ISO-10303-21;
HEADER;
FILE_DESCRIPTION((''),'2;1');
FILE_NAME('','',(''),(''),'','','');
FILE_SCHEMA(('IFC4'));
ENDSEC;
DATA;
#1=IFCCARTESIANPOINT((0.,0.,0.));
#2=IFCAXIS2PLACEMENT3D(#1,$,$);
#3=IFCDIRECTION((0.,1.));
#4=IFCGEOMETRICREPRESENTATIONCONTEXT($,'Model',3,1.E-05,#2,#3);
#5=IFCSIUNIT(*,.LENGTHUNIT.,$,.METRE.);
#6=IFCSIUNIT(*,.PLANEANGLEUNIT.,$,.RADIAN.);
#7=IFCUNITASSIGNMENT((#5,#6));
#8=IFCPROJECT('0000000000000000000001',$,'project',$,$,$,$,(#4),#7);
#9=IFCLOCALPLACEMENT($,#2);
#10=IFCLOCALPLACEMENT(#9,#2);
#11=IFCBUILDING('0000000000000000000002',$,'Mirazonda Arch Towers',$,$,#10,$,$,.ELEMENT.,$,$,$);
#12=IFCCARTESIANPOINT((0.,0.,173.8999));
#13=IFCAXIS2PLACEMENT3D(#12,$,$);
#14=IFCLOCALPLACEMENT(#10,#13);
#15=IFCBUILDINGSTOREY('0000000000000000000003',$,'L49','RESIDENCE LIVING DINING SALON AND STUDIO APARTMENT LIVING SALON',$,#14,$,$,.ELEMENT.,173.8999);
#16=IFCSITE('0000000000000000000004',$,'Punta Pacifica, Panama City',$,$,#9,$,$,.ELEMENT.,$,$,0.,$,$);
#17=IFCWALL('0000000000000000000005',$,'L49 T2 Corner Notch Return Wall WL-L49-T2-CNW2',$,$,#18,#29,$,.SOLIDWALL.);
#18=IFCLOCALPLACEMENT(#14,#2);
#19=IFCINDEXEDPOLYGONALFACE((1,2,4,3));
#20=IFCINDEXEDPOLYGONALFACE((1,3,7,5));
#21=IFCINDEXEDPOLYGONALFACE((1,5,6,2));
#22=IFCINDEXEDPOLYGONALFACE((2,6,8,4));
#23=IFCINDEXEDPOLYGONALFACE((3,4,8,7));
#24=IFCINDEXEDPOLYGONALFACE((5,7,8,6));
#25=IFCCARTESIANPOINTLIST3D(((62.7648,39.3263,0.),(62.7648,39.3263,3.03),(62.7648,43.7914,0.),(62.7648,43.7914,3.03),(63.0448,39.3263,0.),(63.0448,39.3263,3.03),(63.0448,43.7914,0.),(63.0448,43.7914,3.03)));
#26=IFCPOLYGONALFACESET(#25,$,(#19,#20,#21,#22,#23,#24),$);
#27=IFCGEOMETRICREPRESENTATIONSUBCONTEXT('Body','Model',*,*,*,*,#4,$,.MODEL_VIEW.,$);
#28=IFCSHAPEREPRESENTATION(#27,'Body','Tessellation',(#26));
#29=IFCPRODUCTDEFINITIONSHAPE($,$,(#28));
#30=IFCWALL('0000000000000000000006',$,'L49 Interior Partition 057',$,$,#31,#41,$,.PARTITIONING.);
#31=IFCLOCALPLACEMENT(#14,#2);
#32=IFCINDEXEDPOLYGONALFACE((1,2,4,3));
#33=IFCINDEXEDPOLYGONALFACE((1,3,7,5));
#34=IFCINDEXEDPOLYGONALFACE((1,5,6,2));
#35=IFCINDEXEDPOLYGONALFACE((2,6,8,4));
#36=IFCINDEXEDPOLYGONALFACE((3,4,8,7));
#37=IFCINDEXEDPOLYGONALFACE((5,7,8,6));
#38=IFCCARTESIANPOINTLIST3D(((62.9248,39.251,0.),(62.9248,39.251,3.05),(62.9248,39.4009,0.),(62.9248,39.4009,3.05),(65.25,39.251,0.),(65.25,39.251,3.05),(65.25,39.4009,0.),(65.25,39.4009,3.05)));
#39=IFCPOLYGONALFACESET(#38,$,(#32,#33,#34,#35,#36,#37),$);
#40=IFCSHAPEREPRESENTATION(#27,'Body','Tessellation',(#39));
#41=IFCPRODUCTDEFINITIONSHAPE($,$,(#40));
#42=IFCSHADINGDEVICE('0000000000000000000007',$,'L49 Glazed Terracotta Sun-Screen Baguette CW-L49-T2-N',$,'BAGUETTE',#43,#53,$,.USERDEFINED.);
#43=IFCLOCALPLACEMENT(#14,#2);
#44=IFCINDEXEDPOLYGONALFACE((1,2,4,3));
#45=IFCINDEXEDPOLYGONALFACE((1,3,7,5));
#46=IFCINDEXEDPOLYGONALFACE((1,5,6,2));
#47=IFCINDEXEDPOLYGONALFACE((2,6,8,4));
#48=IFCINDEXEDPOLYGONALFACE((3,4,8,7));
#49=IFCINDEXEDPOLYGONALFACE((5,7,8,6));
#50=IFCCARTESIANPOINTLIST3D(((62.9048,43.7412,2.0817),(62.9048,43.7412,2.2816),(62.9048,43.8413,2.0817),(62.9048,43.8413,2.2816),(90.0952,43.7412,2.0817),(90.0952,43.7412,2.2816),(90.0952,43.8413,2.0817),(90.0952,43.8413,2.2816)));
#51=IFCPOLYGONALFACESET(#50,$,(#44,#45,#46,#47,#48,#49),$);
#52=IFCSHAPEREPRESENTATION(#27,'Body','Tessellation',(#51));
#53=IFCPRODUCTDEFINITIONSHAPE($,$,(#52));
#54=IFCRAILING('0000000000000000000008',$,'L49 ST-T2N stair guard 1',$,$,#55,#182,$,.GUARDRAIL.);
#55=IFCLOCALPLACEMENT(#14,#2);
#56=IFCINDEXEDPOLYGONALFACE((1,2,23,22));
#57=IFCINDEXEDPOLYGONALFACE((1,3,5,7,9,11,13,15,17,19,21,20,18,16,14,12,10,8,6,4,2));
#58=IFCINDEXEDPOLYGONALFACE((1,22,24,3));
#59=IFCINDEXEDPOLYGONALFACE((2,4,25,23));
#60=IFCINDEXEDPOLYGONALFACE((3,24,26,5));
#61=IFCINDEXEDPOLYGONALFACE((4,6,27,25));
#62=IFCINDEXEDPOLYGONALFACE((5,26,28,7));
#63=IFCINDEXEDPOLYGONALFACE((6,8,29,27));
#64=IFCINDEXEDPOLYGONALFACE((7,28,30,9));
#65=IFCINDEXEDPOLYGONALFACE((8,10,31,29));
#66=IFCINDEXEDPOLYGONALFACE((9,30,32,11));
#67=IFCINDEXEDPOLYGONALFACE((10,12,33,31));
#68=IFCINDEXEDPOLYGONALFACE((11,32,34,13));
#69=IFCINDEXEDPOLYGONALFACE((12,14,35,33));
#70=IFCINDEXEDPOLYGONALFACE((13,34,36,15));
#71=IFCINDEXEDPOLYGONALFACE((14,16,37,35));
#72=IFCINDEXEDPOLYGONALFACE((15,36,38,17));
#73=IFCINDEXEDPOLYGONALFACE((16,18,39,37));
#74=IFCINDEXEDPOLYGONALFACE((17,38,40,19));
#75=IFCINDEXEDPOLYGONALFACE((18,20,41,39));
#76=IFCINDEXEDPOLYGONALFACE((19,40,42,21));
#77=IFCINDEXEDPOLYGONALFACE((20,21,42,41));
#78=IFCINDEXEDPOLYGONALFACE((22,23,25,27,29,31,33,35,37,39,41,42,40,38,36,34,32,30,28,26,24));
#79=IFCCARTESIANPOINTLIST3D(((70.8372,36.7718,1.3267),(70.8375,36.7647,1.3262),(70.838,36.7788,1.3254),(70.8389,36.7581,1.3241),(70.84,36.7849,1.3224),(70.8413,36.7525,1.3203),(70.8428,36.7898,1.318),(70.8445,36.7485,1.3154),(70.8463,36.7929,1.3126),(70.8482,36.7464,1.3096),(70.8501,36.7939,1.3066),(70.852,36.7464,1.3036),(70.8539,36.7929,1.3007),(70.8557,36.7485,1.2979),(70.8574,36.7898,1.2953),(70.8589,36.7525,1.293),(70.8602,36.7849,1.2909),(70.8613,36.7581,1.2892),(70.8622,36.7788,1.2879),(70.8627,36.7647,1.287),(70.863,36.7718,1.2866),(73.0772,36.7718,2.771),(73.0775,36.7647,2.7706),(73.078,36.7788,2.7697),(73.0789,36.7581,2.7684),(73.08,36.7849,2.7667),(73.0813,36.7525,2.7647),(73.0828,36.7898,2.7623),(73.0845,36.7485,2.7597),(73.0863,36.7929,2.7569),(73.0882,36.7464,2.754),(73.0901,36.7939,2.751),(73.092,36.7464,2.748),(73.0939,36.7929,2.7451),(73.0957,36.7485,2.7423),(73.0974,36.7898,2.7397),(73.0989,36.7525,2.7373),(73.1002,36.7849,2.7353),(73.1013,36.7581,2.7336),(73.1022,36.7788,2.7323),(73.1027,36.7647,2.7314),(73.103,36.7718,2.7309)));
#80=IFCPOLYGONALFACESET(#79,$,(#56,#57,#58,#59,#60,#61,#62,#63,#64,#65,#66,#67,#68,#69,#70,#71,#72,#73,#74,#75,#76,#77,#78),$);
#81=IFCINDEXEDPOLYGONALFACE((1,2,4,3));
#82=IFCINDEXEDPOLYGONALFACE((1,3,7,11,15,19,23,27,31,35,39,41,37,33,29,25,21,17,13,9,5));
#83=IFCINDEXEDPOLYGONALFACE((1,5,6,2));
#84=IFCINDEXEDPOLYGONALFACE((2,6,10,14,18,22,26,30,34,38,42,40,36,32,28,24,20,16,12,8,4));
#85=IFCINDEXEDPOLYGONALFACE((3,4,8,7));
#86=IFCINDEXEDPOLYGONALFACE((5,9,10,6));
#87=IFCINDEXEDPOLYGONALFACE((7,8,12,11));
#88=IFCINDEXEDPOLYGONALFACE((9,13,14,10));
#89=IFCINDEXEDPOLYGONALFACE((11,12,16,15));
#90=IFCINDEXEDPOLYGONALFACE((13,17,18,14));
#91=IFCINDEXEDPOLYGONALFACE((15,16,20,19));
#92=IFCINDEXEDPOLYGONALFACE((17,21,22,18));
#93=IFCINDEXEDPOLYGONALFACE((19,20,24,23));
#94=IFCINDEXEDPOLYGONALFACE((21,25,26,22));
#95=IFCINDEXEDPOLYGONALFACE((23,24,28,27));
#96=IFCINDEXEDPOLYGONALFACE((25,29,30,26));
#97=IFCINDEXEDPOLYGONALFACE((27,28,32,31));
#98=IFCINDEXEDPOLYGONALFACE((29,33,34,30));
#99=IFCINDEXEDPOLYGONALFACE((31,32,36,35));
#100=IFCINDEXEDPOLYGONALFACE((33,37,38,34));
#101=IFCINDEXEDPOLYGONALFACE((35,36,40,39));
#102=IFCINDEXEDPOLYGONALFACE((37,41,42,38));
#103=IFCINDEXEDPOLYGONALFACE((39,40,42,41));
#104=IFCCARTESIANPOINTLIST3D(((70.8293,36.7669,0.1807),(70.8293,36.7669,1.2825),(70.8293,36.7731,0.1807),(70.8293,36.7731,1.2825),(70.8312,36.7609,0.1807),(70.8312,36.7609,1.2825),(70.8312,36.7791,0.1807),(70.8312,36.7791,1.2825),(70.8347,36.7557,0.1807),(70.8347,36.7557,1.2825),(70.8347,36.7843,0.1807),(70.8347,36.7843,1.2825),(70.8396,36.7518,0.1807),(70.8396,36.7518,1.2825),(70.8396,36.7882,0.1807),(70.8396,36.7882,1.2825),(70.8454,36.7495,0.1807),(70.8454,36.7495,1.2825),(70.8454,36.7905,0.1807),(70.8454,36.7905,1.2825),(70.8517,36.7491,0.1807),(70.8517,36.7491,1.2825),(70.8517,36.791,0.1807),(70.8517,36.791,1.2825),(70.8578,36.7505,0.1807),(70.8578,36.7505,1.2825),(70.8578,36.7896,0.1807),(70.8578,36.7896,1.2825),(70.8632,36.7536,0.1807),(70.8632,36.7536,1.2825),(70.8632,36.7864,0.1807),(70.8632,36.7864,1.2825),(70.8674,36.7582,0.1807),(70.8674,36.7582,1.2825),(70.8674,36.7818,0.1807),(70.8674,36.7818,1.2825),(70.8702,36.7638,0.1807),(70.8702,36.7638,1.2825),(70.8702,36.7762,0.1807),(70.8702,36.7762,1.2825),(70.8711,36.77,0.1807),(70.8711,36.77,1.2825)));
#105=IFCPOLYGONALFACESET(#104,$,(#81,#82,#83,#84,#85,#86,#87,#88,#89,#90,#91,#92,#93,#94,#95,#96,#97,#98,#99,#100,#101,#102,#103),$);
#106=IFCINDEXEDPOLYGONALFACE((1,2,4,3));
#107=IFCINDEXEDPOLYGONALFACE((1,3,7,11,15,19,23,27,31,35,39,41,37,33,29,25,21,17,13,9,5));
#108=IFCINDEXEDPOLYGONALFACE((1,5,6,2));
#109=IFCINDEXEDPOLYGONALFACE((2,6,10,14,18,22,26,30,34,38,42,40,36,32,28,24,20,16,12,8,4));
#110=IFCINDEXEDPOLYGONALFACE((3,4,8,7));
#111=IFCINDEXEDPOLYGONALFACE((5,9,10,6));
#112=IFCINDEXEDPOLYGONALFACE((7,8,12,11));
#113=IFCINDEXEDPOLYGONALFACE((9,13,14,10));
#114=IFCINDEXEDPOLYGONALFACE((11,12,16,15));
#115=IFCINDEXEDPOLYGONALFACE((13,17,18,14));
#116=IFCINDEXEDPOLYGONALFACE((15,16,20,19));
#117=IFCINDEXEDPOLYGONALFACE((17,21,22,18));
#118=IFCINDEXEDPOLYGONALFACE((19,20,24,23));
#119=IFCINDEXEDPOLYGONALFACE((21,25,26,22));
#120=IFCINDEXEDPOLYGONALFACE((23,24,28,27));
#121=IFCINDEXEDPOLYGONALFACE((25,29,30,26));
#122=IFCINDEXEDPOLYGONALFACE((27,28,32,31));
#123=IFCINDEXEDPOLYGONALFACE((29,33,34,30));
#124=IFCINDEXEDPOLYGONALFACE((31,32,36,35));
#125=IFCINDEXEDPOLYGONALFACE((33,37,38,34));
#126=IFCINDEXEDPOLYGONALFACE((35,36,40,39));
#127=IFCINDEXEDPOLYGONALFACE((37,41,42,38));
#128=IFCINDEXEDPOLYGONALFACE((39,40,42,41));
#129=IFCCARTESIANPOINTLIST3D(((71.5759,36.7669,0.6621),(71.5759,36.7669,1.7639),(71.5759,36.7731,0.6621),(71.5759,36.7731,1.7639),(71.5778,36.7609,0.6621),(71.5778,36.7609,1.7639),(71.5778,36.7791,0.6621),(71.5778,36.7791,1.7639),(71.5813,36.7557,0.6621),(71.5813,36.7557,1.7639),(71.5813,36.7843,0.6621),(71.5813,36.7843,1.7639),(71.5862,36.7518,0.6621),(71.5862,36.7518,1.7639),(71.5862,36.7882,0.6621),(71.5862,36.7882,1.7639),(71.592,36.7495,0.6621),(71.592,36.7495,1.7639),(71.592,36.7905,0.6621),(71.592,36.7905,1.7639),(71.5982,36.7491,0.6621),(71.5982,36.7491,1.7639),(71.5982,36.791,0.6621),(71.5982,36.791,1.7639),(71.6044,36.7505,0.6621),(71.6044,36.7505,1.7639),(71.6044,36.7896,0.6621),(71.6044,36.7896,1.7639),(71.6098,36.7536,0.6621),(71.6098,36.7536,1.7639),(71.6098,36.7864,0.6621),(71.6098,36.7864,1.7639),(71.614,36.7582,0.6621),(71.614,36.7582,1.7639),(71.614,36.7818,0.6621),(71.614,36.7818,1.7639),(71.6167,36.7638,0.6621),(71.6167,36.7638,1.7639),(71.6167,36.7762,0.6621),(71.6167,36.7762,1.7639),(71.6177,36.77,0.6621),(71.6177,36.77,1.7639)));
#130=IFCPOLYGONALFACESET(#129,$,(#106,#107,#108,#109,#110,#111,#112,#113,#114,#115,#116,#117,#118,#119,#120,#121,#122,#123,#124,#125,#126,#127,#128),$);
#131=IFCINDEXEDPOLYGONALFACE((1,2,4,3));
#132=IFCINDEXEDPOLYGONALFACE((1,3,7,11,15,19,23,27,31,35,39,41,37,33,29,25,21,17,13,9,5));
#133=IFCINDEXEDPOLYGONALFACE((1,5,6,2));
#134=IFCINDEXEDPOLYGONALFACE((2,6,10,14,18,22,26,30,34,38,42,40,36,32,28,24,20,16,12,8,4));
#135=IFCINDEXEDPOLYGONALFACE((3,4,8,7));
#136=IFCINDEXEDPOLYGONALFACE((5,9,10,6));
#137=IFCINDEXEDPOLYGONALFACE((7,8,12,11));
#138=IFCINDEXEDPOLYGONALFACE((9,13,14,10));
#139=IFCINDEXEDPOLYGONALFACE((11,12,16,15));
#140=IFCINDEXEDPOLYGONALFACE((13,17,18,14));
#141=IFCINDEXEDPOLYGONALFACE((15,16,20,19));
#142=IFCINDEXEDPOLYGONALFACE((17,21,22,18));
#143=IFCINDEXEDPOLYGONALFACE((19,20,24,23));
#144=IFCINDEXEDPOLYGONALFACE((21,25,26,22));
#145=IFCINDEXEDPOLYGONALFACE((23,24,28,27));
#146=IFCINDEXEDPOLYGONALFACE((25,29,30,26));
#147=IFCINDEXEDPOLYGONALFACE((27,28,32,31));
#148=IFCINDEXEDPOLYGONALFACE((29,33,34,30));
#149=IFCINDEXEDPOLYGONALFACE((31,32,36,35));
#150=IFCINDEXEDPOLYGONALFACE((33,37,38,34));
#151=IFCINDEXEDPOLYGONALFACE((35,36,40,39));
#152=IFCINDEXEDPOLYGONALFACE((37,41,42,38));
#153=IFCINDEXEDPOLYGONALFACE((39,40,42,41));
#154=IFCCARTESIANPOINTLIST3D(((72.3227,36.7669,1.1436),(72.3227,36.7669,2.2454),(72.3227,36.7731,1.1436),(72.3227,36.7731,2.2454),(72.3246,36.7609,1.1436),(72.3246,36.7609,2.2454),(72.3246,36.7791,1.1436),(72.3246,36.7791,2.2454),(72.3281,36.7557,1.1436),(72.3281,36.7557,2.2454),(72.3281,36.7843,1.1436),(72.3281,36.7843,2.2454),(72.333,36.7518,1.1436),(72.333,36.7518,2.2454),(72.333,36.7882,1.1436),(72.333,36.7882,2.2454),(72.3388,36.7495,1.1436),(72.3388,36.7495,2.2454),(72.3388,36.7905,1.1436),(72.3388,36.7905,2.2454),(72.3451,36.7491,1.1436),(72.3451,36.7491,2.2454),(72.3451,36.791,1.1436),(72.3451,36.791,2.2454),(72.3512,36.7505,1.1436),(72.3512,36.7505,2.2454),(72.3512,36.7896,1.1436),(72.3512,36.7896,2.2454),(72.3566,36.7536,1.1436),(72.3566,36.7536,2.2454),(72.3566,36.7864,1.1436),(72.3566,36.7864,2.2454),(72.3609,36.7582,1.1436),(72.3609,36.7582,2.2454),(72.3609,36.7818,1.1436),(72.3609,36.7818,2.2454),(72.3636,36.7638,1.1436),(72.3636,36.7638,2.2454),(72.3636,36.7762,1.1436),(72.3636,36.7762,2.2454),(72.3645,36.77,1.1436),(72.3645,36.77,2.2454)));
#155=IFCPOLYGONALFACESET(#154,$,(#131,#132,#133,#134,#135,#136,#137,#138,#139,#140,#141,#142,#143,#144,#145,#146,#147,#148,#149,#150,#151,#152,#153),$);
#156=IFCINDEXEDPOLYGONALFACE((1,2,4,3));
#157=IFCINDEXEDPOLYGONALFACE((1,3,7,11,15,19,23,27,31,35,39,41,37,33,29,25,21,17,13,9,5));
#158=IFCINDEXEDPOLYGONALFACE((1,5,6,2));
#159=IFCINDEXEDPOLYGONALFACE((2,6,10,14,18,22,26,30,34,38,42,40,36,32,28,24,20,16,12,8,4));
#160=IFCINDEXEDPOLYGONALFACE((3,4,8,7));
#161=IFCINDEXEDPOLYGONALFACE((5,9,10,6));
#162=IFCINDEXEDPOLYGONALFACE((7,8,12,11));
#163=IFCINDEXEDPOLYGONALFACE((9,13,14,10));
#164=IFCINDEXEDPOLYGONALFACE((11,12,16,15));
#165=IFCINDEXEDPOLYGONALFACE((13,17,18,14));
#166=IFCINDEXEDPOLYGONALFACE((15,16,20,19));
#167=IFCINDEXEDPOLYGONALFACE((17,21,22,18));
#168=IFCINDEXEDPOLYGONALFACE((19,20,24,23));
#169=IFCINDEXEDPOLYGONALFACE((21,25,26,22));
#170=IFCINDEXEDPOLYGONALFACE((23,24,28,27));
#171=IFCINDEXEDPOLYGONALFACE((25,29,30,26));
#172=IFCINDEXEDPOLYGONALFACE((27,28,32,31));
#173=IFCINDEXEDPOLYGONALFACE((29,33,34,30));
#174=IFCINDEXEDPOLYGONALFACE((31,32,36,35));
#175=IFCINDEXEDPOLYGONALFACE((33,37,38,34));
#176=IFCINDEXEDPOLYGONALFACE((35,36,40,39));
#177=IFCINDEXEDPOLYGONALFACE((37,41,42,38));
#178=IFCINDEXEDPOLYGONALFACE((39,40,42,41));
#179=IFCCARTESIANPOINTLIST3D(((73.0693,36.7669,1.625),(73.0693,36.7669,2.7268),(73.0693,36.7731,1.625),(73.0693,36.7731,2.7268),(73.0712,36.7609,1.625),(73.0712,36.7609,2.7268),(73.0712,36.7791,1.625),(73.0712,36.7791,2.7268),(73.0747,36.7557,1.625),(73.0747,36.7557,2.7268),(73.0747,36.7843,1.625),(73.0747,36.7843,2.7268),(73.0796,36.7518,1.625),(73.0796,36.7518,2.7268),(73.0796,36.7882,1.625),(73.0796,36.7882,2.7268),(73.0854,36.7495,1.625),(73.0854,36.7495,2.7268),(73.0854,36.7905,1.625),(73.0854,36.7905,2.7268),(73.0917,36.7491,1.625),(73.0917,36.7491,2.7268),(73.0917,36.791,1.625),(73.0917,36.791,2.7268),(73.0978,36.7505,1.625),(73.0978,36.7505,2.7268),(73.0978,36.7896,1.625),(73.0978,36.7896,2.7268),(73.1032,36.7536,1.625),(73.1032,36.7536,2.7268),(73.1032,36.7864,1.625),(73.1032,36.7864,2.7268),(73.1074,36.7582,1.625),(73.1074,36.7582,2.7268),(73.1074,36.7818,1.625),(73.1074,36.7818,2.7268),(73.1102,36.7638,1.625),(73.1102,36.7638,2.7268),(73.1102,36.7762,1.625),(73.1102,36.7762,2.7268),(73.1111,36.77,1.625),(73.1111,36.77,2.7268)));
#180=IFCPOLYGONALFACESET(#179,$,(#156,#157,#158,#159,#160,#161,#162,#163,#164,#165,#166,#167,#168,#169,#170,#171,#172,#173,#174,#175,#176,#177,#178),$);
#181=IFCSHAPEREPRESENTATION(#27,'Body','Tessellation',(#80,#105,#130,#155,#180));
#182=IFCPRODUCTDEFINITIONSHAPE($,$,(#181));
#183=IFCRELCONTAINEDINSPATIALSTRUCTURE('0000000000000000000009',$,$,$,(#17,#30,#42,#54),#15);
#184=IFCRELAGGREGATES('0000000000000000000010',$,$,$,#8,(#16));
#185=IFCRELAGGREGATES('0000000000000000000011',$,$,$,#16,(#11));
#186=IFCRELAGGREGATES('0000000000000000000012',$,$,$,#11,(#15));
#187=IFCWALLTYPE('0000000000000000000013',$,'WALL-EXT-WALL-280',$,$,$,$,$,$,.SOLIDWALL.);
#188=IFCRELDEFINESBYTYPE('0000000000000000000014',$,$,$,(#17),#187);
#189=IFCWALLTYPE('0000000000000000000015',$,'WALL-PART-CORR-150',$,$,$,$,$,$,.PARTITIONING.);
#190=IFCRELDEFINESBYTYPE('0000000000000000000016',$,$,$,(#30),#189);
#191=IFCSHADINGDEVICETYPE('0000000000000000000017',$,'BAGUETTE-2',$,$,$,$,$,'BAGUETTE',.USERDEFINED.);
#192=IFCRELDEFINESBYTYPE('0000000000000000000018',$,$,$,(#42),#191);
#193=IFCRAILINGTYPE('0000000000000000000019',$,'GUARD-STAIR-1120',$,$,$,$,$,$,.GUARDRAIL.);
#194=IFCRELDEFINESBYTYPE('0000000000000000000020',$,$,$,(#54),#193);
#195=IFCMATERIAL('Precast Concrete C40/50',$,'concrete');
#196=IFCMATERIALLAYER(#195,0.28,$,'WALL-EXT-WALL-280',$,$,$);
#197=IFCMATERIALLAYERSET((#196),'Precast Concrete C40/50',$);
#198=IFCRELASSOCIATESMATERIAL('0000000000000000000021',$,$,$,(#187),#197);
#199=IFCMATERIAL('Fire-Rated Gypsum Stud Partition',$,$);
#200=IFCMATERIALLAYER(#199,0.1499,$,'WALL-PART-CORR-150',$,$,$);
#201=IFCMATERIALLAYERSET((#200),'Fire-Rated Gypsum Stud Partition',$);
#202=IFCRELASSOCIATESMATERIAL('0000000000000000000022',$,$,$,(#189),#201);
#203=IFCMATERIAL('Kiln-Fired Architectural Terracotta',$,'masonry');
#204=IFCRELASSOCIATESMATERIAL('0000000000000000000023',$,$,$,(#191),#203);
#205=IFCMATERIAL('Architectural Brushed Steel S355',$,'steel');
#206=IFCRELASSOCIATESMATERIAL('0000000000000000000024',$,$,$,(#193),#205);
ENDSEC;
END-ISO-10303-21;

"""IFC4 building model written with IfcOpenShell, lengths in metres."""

from ifc_helpers import new_model, si_unit, direction, frame, frame_2d, origin, origin_2d, place, context, subcontext, project, spatial, rectangle, circle, extrude, material, layer, layer_set, material_profile, profile_set, type_object, element, save


model = new_model("IFC4")

# Units and contexts
model_context = context("Model", 3, precision=1e-05, world=origin(), true_north=direction((0.0, 1.0)))
body_context = subcontext(model_context, "Body", "Model", "MODEL_VIEW")
ifc_project = project(units=[si_unit("LENGTHUNIT", "METRE"), si_unit("PLANEANGLEUNIT", "RADIAN")], contexts=[model_context])

# Site, building, storey
site_placement = place(None, origin())
site = spatial("IfcSite", under=ifc_project, at=site_placement, Name="Punta Pacifica, Panama City", CompositionType="ELEMENT", RefElevation=0.0)
building_placement = place(site_placement, origin())
building = spatial("IfcBuilding", under=site, at=building_placement, Name="Mirazonda Arch Towers", CompositionType="ELEMENT")
storey_placement = place(building_placement, frame((0.0, 0.0, 173.8999)))
storey = spatial("IfcBuildingStorey", under=building, at=storey_placement, Name="L49", Description="RESIDENCE LIVING DINING SALON AND STUDIO APARTMENT LIVING SALON", CompositionType="ELEMENT", Elevation=173.8999)

# Walls
ifc_material_1 = material(Name="Precast Concrete C40/50", Category="concrete")
ifc_layer_1 = layer(ifc_material_1, 0.28, Name="WALL-EXT-WALL-280")
ifc_layer_set_1 = layer_set([ifc_layer_1], Name="Precast Concrete C40/50")
wall_type_1 = type_object("IfcWallType", Name="WALL-EXT-WALL-280", PredefinedType="SOLIDWALL", material=ifc_layer_set_1)
wall_1_placement = place(storey_placement, frame((62.9048, 43.7913, 0.0), z_axis=(0.0, 0.0, 1.0), x_axis=(0.0, -1.0, 0.0)))
element("IfcWall", 1, at=wall_1_placement, inside=storey, type_object=wall_type_1, Name="L49 T2 Corner Notch Return Wall WL-L49-T2-CNW2", PredefinedType="SOLIDWALL", context=body_context, shape_type="SweptSolid", body=[
    extrude(rectangle(XDim=4.4651, YDim=0.28, at=frame_2d((2.2324, 0.0))), origin(), (0.0, 0.0, 1.0), 3.03),
])
ifc_material_2 = material(Name="Fire-Rated Gypsum Stud Partition")
ifc_layer_2 = layer(ifc_material_2, 0.1499, Name="WALL-PART-CORR-150")
ifc_layer_set_2 = layer_set([ifc_layer_2], Name="Fire-Rated Gypsum Stud Partition")
wall_type_2 = type_object("IfcWallType", Name="WALL-PART-CORR-150", PredefinedType="PARTITIONING", material=ifc_layer_set_2)
wall_2_placement = place(storey_placement, frame((62.9248, 39.3259, 0.0), z_axis=(0.0, 0.0, 1.0), x_axis=(1.0, 0.0, 0.0)))
element("IfcWall", 2, at=wall_2_placement, inside=storey, type_object=wall_type_2, Name="L49 Interior Partition 057", PredefinedType="PARTITIONING", context=body_context, shape_type="SweptSolid", body=[
    extrude(rectangle(XDim=2.3252, YDim=0.1499, at=frame_2d((1.1626, 0.0))), origin(), (0.0, 0.0, 1.0), 3.05),
])

# Shading device
ifc_material_3 = material(Name="Kiln-Fired Architectural Terracotta", Category="masonry")
ifc_material_profile_1 = material_profile(ifc_material_3, rectangle(XDim=0.1001, YDim=0.2, at=origin_2d()), Name="TERRA-BAG-100x200")
ifc_profile_set_1 = profile_set([ifc_material_profile_1], Name="Kiln-Fired Architectural Terracotta")
shading_device_type = type_object("IfcShadingDeviceType", Name="BAGUETTE-2", ElementType="BAGUETTE", PredefinedType="USERDEFINED", material=ifc_profile_set_1)
shading_device_placement = place(storey_placement, frame((62.9048, 43.7913, 2.1816), z_axis=(1.0, 0.0, 0.0), x_axis=(0.0, 1.0, 0.0)))
element("IfcShadingDevice", 3, at=shading_device_placement, inside=storey, type_object=shading_device_type, Name="L49 Glazed Terracotta Sun-Screen Baguette CW-L49-T2-N", ObjectType="BAGUETTE", PredefinedType="USERDEFINED", context=body_context, shape_type="SweptSolid", body=[
    extrude(rectangle(XDim=0.1001, YDim=0.2, at=origin_2d()), origin(), (0.0, 0.0, 1.0), 27.1904),
])

# Railing
ifc_material_4 = material(Name="Architectural Brushed Steel S355", Category="steel")
railing_type = type_object("IfcRailingType", Name="GUARD-STAIR-1120", PredefinedType="GUARDRAIL", material=ifc_material_4)
railing_1_placement = place(storey_placement, frame((70.8501, 36.77, 0.1807)))
element("IfcRailing", 4, at=railing_1_placement, inside=storey, type_object=railing_type, Name="L49 ST-T2N stair guard 1", PredefinedType="GUARDRAIL", context=body_context, shape_type="SweptSolid", body=[
    extrude(circle(Radius=0.0239, at=origin_2d()), frame((0.0, 0.0, 1.126), z_axis=(0.840437, 0.0, 0.54191), x_axis=(0.0, 1.0, 0.0)), (0.0, 0.0, 1.0), 2.6653),
    extrude(circle(Radius=0.021, at=origin_2d()), origin(), (0.0, 0.0, 1.0), 1.1018),
    extrude(circle(Radius=0.021, at=origin_2d()), frame((0.7466, 0.0, 0.4814)), (0.0, 0.0, 1.0), 1.1018),
    extrude(circle(Radius=0.021, at=origin_2d()), frame((1.4934, 0.0, 0.9629)), (0.0, 0.0, 1.0), 1.1018),
    extrude(circle(Radius=0.021, at=origin_2d()), frame((2.24, 0.0, 1.4443)), (0.0, 0.0, 1.0), 1.1018),
])

save(model, "model.ifc")
